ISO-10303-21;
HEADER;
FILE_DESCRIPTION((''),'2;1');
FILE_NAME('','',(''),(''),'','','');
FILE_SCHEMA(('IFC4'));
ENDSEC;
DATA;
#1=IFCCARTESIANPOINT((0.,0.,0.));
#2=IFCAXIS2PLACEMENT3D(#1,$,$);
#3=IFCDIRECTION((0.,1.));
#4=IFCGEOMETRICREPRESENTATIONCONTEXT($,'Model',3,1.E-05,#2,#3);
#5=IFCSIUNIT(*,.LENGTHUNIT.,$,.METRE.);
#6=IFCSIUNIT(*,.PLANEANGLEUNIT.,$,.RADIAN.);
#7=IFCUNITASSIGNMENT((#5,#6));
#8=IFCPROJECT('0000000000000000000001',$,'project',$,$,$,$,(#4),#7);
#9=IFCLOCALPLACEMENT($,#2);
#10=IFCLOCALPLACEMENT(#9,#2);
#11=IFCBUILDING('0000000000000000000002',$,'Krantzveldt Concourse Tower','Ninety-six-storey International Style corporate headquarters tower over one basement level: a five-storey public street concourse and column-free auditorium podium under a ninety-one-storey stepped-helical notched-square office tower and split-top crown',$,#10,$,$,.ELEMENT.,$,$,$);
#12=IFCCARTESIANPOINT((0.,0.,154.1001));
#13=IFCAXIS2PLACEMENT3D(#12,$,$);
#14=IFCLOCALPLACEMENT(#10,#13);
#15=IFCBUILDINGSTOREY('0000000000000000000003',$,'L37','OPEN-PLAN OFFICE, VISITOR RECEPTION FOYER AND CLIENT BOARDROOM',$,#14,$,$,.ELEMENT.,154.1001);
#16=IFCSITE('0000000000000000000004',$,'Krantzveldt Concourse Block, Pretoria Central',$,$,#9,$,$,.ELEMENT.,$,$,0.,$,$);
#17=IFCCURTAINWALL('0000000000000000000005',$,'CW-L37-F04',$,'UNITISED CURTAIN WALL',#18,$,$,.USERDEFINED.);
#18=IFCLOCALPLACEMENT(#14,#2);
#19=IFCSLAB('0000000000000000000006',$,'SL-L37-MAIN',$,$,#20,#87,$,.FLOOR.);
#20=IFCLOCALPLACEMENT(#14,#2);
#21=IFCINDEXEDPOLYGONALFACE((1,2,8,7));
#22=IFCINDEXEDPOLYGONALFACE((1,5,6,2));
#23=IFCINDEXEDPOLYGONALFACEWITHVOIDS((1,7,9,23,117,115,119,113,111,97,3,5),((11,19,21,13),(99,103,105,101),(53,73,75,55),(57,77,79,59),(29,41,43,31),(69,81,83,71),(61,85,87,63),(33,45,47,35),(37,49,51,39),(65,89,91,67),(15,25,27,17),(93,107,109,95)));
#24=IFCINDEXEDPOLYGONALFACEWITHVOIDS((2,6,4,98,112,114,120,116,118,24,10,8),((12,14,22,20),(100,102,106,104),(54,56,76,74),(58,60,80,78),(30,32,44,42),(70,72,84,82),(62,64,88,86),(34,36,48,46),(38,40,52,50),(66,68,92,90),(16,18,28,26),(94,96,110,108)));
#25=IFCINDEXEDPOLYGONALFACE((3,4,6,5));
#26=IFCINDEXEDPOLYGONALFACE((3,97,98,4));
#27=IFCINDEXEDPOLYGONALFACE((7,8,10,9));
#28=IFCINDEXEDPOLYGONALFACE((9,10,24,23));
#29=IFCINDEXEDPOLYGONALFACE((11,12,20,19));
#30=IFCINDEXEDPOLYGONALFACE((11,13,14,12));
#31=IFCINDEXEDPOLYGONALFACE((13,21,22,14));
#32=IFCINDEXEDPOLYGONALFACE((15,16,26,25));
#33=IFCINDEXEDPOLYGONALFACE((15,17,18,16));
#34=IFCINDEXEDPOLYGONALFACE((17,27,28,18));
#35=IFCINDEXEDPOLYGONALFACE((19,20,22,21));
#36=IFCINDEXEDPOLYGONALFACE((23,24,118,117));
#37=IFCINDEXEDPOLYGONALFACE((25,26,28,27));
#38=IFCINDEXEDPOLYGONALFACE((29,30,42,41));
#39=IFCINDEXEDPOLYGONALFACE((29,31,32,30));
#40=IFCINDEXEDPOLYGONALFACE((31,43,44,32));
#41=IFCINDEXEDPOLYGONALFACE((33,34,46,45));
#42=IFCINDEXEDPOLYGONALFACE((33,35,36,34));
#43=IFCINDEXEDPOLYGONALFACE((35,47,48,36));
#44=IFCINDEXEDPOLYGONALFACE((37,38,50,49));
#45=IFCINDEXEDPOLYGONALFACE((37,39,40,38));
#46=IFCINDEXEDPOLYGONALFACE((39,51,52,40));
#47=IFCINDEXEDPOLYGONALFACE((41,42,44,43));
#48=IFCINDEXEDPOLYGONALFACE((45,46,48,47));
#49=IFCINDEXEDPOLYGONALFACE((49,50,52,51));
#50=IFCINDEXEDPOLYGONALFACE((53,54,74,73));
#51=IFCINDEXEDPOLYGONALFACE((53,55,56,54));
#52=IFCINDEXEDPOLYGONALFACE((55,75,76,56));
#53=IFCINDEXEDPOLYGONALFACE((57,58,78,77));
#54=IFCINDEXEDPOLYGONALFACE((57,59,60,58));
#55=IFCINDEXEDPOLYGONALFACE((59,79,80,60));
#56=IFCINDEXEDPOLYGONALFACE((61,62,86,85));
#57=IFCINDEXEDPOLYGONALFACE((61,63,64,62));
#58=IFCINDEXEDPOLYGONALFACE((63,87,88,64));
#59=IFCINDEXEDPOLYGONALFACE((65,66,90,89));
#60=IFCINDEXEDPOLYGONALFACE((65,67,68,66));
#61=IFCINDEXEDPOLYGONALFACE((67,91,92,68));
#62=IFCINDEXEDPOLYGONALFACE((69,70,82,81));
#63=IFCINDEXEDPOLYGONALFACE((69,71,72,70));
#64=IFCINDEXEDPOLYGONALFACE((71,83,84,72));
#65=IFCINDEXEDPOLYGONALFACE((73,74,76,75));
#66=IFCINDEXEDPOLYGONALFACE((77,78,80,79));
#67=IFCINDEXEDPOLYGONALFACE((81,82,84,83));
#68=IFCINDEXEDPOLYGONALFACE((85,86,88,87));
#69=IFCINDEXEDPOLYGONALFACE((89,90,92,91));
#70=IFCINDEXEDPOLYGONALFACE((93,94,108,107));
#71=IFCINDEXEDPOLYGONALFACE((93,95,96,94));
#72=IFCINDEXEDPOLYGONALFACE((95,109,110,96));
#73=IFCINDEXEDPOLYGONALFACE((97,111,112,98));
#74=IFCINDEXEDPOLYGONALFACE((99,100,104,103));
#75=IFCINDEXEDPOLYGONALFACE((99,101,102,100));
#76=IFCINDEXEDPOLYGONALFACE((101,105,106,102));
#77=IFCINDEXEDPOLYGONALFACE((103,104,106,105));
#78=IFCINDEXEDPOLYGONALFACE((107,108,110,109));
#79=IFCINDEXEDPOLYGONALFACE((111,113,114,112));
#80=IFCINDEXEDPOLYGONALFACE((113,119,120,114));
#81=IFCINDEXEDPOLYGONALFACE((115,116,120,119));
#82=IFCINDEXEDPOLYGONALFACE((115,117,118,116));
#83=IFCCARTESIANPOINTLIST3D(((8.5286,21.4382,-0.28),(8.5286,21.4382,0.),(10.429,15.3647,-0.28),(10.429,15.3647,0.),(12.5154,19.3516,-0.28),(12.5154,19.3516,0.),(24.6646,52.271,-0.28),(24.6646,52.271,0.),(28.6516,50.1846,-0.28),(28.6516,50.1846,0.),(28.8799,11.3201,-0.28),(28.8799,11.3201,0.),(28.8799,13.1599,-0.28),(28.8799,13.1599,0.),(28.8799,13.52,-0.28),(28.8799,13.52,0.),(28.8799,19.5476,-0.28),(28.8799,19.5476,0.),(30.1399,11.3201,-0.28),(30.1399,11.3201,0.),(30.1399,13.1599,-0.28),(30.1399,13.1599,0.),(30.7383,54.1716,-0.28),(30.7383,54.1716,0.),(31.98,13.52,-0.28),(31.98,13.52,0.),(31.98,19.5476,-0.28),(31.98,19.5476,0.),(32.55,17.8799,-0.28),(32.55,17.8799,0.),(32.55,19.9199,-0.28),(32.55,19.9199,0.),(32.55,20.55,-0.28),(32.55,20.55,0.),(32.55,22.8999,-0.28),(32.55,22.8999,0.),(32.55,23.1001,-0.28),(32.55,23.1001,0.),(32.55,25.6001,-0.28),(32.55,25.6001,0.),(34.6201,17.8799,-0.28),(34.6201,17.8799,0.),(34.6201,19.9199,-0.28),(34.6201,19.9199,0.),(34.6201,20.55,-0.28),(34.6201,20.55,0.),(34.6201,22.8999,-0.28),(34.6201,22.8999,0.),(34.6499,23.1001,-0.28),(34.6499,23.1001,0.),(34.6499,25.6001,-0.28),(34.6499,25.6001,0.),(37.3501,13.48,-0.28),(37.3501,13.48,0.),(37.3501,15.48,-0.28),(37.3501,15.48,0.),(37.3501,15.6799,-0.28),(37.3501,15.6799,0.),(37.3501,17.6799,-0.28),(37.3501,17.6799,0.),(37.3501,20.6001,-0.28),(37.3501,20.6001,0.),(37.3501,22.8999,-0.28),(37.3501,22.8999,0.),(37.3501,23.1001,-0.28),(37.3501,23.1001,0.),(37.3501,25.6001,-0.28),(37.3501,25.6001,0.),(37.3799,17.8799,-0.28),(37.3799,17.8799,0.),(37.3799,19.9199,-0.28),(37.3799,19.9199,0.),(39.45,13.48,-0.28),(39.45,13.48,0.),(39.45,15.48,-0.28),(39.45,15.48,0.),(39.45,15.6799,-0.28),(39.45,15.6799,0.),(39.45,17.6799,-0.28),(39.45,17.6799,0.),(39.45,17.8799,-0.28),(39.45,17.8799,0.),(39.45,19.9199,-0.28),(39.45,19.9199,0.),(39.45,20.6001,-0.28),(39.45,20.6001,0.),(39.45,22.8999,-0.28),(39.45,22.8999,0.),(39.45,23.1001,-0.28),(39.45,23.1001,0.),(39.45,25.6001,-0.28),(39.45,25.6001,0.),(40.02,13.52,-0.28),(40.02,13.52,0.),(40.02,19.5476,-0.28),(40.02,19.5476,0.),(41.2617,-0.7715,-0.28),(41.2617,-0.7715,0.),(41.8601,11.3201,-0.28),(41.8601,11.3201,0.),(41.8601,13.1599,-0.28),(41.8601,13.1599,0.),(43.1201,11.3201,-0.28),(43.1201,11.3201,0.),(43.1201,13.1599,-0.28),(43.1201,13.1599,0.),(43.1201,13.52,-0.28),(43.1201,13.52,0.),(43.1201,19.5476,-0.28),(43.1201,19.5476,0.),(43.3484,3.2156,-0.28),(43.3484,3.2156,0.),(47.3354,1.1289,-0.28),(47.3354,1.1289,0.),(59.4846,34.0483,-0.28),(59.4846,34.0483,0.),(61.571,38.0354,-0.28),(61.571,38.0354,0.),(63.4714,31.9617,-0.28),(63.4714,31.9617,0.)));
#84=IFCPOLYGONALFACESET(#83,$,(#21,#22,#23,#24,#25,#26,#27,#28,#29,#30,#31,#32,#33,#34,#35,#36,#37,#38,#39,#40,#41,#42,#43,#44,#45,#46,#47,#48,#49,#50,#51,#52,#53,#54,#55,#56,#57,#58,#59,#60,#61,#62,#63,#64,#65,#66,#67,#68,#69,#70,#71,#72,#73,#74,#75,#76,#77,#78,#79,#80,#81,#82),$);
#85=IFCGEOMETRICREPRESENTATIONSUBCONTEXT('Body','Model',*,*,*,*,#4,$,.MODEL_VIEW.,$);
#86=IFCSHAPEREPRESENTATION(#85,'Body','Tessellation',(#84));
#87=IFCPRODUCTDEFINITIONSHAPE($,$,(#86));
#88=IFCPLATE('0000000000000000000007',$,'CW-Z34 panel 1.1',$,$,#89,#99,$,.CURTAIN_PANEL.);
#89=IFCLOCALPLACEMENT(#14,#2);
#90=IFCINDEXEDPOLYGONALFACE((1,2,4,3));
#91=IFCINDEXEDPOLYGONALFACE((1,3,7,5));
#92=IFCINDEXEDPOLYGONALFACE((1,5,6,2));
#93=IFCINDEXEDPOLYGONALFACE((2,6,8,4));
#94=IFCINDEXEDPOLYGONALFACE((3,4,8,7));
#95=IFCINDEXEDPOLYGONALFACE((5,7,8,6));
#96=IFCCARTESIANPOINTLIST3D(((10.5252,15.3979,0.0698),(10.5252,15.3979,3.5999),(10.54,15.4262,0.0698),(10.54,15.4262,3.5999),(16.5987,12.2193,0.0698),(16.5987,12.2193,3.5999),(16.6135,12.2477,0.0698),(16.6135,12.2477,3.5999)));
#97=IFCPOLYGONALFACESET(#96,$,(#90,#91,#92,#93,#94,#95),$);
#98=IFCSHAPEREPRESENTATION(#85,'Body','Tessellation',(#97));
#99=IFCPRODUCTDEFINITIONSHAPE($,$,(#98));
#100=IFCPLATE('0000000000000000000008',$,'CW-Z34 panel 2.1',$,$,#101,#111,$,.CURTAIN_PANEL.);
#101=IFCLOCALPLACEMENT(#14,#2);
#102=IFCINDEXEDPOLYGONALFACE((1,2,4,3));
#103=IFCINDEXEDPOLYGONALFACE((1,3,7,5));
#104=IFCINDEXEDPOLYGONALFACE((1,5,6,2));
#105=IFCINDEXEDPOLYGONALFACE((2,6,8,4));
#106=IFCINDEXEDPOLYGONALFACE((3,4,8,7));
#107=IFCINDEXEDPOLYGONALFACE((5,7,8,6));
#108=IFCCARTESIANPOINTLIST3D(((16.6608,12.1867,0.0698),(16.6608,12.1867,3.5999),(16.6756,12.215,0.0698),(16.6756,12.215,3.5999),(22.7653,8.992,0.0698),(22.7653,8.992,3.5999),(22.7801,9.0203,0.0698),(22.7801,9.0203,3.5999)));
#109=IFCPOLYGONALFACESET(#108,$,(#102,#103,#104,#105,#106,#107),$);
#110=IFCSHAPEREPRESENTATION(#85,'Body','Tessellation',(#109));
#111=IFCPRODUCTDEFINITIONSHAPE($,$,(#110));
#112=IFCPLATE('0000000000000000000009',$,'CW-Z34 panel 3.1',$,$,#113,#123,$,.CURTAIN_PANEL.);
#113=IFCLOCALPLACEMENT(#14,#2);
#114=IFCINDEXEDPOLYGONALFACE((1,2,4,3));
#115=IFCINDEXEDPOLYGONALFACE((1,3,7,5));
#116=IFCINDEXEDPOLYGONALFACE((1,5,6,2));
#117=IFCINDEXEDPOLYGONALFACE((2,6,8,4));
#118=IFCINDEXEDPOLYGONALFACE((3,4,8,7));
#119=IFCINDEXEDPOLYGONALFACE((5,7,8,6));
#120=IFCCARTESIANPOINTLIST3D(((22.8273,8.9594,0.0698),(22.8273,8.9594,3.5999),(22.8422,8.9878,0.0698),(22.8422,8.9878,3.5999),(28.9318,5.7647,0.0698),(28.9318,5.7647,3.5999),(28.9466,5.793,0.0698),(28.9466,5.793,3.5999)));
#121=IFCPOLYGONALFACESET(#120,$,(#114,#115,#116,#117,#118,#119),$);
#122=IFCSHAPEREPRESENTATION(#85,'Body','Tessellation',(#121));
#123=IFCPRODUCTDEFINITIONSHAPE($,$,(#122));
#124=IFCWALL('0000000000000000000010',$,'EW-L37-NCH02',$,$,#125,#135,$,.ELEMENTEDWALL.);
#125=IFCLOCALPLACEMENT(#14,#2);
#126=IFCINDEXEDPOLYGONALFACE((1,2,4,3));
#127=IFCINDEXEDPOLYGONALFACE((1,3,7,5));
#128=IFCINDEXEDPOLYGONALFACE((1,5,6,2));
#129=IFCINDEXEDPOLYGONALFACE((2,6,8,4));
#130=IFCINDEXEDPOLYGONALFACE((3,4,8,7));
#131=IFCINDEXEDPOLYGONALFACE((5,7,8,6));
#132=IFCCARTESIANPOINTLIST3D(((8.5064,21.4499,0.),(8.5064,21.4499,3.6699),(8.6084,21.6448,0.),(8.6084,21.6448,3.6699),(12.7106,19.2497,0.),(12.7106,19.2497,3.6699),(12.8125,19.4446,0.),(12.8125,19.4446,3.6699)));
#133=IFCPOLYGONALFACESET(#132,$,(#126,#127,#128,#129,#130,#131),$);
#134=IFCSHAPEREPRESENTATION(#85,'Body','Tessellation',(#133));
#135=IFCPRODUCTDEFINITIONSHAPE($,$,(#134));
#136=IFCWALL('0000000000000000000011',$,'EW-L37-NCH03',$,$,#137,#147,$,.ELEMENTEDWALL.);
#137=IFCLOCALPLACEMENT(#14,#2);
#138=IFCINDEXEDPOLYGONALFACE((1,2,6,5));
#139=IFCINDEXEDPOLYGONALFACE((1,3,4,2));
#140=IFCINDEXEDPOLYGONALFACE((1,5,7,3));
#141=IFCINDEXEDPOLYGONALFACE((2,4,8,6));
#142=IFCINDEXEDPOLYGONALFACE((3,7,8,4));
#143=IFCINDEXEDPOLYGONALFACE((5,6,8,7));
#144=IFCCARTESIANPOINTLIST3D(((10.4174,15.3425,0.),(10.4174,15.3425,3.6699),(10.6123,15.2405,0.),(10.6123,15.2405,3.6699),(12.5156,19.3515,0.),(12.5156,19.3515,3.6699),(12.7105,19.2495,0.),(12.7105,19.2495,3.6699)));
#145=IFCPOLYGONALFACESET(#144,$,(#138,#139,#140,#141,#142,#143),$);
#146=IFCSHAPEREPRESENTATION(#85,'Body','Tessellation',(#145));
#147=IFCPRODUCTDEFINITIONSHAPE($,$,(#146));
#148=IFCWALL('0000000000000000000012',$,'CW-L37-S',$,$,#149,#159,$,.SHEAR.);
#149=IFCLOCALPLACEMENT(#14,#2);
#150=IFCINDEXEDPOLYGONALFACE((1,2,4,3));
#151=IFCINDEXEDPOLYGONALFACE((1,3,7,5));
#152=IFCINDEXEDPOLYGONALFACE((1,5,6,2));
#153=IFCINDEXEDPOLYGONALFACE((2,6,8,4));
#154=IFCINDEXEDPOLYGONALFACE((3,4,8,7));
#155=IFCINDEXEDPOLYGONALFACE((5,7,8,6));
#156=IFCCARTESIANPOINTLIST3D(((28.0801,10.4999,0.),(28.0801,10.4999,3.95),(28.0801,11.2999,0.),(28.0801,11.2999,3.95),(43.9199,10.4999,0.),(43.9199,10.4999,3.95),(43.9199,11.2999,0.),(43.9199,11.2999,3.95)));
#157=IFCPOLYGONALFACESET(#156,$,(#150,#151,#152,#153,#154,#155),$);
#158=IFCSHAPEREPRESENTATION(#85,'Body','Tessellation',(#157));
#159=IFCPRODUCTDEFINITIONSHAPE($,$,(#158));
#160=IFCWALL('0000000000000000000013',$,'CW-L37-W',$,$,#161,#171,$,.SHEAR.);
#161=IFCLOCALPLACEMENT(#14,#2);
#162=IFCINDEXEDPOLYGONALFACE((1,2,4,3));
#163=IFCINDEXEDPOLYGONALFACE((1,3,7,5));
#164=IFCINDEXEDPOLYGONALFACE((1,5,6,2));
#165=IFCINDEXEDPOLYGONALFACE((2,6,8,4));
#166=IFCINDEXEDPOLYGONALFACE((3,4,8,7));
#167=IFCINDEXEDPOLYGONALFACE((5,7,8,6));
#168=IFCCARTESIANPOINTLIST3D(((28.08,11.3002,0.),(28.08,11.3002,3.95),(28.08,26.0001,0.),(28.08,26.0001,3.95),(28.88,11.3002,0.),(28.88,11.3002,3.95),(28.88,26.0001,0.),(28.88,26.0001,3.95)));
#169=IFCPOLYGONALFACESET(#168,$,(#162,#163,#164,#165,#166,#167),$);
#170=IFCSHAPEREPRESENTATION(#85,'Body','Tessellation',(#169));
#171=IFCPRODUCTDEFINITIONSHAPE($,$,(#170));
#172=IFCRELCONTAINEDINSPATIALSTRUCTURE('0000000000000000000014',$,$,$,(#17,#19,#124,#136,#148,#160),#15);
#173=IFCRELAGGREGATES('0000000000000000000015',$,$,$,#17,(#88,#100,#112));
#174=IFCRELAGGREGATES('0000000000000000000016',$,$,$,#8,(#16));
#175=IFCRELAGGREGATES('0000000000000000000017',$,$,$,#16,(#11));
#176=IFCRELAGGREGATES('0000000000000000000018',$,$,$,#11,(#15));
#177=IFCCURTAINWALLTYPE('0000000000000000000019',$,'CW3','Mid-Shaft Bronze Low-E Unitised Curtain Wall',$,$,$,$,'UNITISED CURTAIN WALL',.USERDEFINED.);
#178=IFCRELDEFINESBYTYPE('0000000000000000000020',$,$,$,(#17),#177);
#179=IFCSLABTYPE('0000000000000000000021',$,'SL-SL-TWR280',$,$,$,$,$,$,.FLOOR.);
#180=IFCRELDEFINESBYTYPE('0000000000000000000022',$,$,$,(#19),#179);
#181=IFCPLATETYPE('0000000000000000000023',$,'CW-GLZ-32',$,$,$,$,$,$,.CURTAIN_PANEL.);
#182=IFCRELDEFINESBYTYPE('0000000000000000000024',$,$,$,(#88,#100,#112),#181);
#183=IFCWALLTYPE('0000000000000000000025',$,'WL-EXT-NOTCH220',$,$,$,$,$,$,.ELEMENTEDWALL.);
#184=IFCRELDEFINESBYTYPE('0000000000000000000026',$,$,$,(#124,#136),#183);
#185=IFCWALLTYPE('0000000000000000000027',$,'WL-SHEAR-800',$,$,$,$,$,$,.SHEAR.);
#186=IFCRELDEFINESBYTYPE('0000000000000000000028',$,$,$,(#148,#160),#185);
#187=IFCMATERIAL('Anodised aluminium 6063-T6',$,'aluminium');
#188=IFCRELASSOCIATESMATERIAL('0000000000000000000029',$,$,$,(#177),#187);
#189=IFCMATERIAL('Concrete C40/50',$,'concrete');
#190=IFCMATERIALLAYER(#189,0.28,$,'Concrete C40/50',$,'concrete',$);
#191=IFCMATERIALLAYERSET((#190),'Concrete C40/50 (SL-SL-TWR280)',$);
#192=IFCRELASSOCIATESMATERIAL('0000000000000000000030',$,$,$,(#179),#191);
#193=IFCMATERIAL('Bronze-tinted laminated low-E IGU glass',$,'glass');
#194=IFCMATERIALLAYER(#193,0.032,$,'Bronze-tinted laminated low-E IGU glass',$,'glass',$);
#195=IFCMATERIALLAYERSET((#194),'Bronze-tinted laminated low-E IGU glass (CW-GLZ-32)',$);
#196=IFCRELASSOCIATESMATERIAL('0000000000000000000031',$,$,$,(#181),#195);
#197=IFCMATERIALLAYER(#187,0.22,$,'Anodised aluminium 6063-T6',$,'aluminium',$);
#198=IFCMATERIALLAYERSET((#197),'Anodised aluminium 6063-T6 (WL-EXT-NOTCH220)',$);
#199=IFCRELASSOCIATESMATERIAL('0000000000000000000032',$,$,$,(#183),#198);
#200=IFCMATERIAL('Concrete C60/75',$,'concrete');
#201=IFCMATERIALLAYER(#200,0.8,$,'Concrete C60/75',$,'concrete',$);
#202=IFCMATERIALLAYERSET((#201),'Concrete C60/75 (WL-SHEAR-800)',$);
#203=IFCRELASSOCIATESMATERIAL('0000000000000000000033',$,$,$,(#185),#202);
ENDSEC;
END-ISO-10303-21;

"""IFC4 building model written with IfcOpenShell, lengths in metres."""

from ifc_helpers import new_model, si_unit, direction, frame, frame_2d, origin, origin_2d, place, context, subcontext, project, spatial, polyline, rectangle, outline, extrude, source, transform, mapped, material, layer, layer_set, type_object, type_shapes, element, aggregate, save


model = new_model("IFC4")

# Units and contexts
model_context = context("Model", 3, precision=1e-05, world=origin(), true_north=direction((0.0, 1.0)))
body_context = subcontext(model_context, "Body", "Model", "MODEL_VIEW")
ifc_project = project(units=[si_unit("LENGTHUNIT", "METRE"), si_unit("PLANEANGLEUNIT", "RADIAN")], contexts=[model_context])

# Site, building, storey
site_placement = place(None, origin())
site = spatial("IfcSite", under=ifc_project, at=site_placement, Name="Krantzveldt Concourse Block, Pretoria Central", CompositionType="ELEMENT", RefElevation=0.0)
building_placement = place(site_placement, origin())
building = spatial("IfcBuilding", under=site, at=building_placement, Name="Krantzveldt Concourse Tower", Description="Ninety-six-storey International Style corporate headquarters tower over one basement level: a five-storey public street concourse and column-free auditorium podium under a ninety-one-storey stepped-helical notched-square office tower and split-top crown", CompositionType="ELEMENT")
storey_placement = place(building_placement, frame((0.0, 0.0, 154.1001)))
storey = spatial("IfcBuildingStorey", under=building, at=storey_placement, Name="L37", Description="OPEN-PLAN OFFICE, VISITOR RECEPTION FOYER AND CLIENT BOARDROOM", CompositionType="ELEMENT", Elevation=154.1001)

# Shared definitions
ifc_material_1 = material(Name="Anodised aluminium 6063-T6", Category="aluminium")
curtain_wall_type = type_object("IfcCurtainWallType", Name="CW3", Description="Mid-Shaft Bronze Low-E Unitised Curtain Wall", ElementType="UNITISED CURTAIN WALL", PredefinedType="USERDEFINED", material=ifc_material_1)

# Curtain wall
curtain_wall_1_placement = place(storey_placement, origin())
curtain_wall_1 = element("IfcCurtainWall", 1, at=curtain_wall_1_placement, inside=storey, type_object=curtain_wall_type, Name="CW-L37-F04", ObjectType="UNITISED CURTAIN WALL", PredefinedType="USERDEFINED")

# Slab
ifc_material_2 = material(Name="Concrete C40/50", Category="concrete")
ifc_layer_1 = layer(ifc_material_2, 0.28, Name="Concrete C40/50", Category="concrete")
ifc_layer_set_1 = layer_set([ifc_layer_1], Name="Concrete C40/50 (SL-SL-TWR280)")
slab_type_1 = type_object("IfcSlabType", Name="SL-SL-TWR280", PredefinedType="FLOOR", material=ifc_layer_set_1)
slab_1_placement = place(storey_placement, frame((0.0, 0.0, -0.28)))
element("IfcSlab", 2, at=slab_1_placement, inside=storey, type_object=slab_type_1, Name="SL-L37-MAIN", PredefinedType="FLOOR", context=body_context, shape_type="SweptSolid", body=[
    extrude(outline(polyline([(28.6516, 50.1846), (24.6646, 52.271), (8.5286, 21.4382), (12.5154, 19.3516), (10.429, 15.3647), (41.2617, -0.7715), (43.3484, 3.2156), (47.3354, 1.1289), (63.4714, 31.9617), (59.4846, 34.0483), (61.571, 38.0354), (30.7383, 54.1716), (28.6516, 50.1846)]), holes=[polyline([(28.8799, 19.5476), (28.8799, 13.52), (31.98, 13.52), (31.98, 19.5476), (28.8799, 19.5476)]), polyline([(40.02, 19.5476), (40.02, 13.52), (43.1201, 13.52), (43.1201, 19.5476), (40.02, 19.5476)]), polyline([(32.55, 23.1001), (34.6499, 23.1001), (34.6499, 25.6001), (32.55, 25.6001), (32.55, 23.1001)]), polyline([(37.3501, 23.1001), (39.45, 23.1001), (39.45, 25.6001), (37.3501, 25.6001), (37.3501, 23.1001)]), polyline([(37.3501, 20.6001), (39.45, 20.6001), (39.45, 22.8999), (37.3501, 22.8999), (37.3501, 20.6001)]), polyline([(37.3501, 13.48), (39.45, 13.48), (39.45, 15.48), (37.3501, 15.48), (37.3501, 13.48)]), polyline([(37.3501, 15.6799), (39.45, 15.6799), (39.45, 17.6799), (37.3501, 17.6799), (37.3501, 15.6799)]), polyline([(32.55, 20.55), (34.6201, 20.55), (34.6201, 22.8999), (32.55, 22.8999), (32.55, 20.55)]), polyline([(32.55, 17.8799), (34.6201, 17.8799), (34.6201, 19.9199), (32.55, 19.9199), (32.55, 17.8799)]), polyline([(37.3799, 17.8799), (39.45, 17.8799), (39.45, 19.9199), (37.3799, 19.9199), (37.3799, 17.8799)]), polyline([(28.8799, 11.3201), (30.1399, 11.3201), (30.1399, 13.1599), (28.8799, 13.1599), (28.8799, 11.3201)]), polyline([(41.8601, 11.3201), (43.1201, 11.3201), (43.1201, 13.1599), (41.8601, 13.1599), (41.8601, 11.3201)])]), origin(), (0.0, 0.0, 1.0), 0.28),
])

# Plates
ifc_material_3 = material(Name="Bronze-tinted laminated low-E IGU glass", Category="glass")
ifc_layer_2 = layer(ifc_material_3, 0.032, Name="Bronze-tinted laminated low-E IGU glass", Category="glass")
ifc_layer_set_2 = layer_set([ifc_layer_2], Name="Bronze-tinted laminated low-E IGU glass (CW-GLZ-32)")
plate_type = type_object("IfcPlateType", Name="CW-GLZ-32", PredefinedType="CURTAIN_PANEL", material=ifc_layer_set_2)
shared_shape_1 = source(origin(), body_context, "Body", "SweptSolid", [
    extrude(rectangle(XDim=6.855, YDim=0.032, at=origin_2d()), origin(), (0.0, 0.0, 1.0), 3.53),
])
plate_1_placement = place(storey_placement, frame((13.5693, 13.8228, 0.0698), z_axis=(0.0, 0.0, 1.0), x_axis=(0.886001, -0.463683, 0.0)))
plate_1 = element("IfcPlate", 3, at=plate_1_placement, type_object=plate_type, Name="CW-Z34 panel 1.1", PredefinedType="CURTAIN_PANEL", context=body_context, shape_type="MappedRepresentation", body=[
    mapped(shared_shape_1, transform((0.0, 0.0, 0.0), x_axis=(1.0, 0.0, 0.0), y_axis=(0.0, 1.0, 0.0), z_axis=(0.0, 0.0, 1.0), scale=1.0)),
])
shared_shape_2 = source(origin(), body_context, "Body", "SweptSolid", [
    extrude(rectangle(XDim=6.8899, YDim=0.032, at=origin_2d()), origin(), (0.0, 0.0, 1.0), 3.53),
])
type_shapes(plate_type, [shared_shape_1, shared_shape_2])
plate_2_placement = place(storey_placement, frame((19.7205, 10.6035, 0.0698), z_axis=(0.0, 0.0, 1.0), x_axis=(0.886001, -0.463683, 0.0)))
plate_2 = element("IfcPlate", 4, at=plate_2_placement, type_object=plate_type, Name="CW-Z34 panel 2.1", PredefinedType="CURTAIN_PANEL", context=body_context, shape_type="MappedRepresentation", body=[
    mapped(shared_shape_2, transform((0.0, 0.0, 0.0), x_axis=(1.0, 0.0, 0.0), y_axis=(0.0, 1.0, 0.0), z_axis=(0.0, 0.0, 1.0), scale=1.0)),
])
plate_3_placement = place(storey_placement, frame((25.887, 7.3762, 0.0698), z_axis=(0.0, 0.0, 1.0), x_axis=(0.886001, -0.463683, 0.0)))
plate_3 = element("IfcPlate", 5, at=plate_3_placement, type_object=plate_type, Name="CW-Z34 panel 3.1", PredefinedType="CURTAIN_PANEL", context=body_context, shape_type="MappedRepresentation", body=[
    mapped(shared_shape_2, transform((0.0, 0.0, 0.0), x_axis=(1.0, 0.0, 0.0), y_axis=(0.0, 1.0, 0.0), z_axis=(0.0, 0.0, 1.0), scale=1.0)),
])
aggregate(curtain_wall_1, [plate_1, plate_2, plate_3])

# Walls
ifc_layer_3 = layer(ifc_material_1, 0.22, Name="Anodised aluminium 6063-T6", Category="aluminium")
ifc_layer_set_3 = layer_set([ifc_layer_3], Name="Anodised aluminium 6063-T6 (WL-EXT-NOTCH220)")
wall_type_1 = type_object("IfcWallType", Name="WL-EXT-NOTCH220", PredefinedType="ELEMENTEDWALL", material=ifc_layer_set_3)
wall_1_placement = place(storey_placement, frame((8.5574, 21.5474, 0.0), z_axis=(0.0, 0.0, 1.0), x_axis=(0.886001, -0.463684, 0.0)))
element("IfcWall", 6, at=wall_1_placement, inside=storey, type_object=wall_type_1, Name="EW-L37-NCH02", PredefinedType="ELEMENTEDWALL", context=body_context, shape_type="SweptSolid", body=[
    extrude(rectangle(XDim=4.7451, YDim=0.22, at=frame_2d((2.3726, 0.0))), origin(), (0.0, 0.0, 1.0), 3.6699),
])
wall_2_placement = place(storey_placement, frame((12.613, 19.3005, 0.0), z_axis=(0.0, 0.0, 1.0), x_axis=(-0.46369, -0.885997, 0.0)))
element("IfcWall", 7, at=wall_2_placement, inside=storey, type_object=wall_type_1, Name="EW-L37-NCH03", PredefinedType="ELEMENTEDWALL", context=body_context, shape_type="SweptSolid", body=[
    extrude(rectangle(XDim=4.5249, YDim=0.22, at=frame_2d((2.2625, 0.0))), origin(), (0.0, 0.0, 1.0), 3.6699),
])
ifc_material_4 = material(Name="Concrete C60/75", Category="concrete")
ifc_layer_4 = layer(ifc_material_4, 0.8, Name="Concrete C60/75", Category="concrete")
ifc_layer_set_4 = layer_set([ifc_layer_4], Name="Concrete C60/75 (WL-SHEAR-800)")
wall_type_2 = type_object("IfcWallType", Name="WL-SHEAR-800", PredefinedType="SHEAR", material=ifc_layer_set_4)
wall_3_placement = place(storey_placement, frame((28.0801, 10.8999, 0.0), z_axis=(0.0, 0.0, 1.0), x_axis=(1.0, 0.0, 0.0)))
element("IfcWall", 8, at=wall_3_placement, inside=storey, type_object=wall_type_2, Name="CW-L37-S", PredefinedType="SHEAR", context=body_context, shape_type="SweptSolid", body=[
    extrude(rectangle(XDim=15.8398, YDim=0.8, at=frame_2d((7.9199, 0.0))), origin(), (0.0, 0.0, 1.0), 3.95),
])
wall_4_placement = place(storey_placement, frame((28.48, 11.3, 0.0), z_axis=(0.0, 0.0, 1.0), x_axis=(0.0, 1.0, 0.0)))
element("IfcWall", 9, at=wall_4_placement, inside=storey, type_object=wall_type_2, Name="CW-L37-W", PredefinedType="SHEAR", context=body_context, shape_type="SweptSolid", body=[
    extrude(rectangle(XDim=14.7, YDim=0.8, at=frame_2d((7.3501, 0.0))), origin(), (0.0, 0.0, 1.0), 3.95),
])

save(model, "model.ifc")
